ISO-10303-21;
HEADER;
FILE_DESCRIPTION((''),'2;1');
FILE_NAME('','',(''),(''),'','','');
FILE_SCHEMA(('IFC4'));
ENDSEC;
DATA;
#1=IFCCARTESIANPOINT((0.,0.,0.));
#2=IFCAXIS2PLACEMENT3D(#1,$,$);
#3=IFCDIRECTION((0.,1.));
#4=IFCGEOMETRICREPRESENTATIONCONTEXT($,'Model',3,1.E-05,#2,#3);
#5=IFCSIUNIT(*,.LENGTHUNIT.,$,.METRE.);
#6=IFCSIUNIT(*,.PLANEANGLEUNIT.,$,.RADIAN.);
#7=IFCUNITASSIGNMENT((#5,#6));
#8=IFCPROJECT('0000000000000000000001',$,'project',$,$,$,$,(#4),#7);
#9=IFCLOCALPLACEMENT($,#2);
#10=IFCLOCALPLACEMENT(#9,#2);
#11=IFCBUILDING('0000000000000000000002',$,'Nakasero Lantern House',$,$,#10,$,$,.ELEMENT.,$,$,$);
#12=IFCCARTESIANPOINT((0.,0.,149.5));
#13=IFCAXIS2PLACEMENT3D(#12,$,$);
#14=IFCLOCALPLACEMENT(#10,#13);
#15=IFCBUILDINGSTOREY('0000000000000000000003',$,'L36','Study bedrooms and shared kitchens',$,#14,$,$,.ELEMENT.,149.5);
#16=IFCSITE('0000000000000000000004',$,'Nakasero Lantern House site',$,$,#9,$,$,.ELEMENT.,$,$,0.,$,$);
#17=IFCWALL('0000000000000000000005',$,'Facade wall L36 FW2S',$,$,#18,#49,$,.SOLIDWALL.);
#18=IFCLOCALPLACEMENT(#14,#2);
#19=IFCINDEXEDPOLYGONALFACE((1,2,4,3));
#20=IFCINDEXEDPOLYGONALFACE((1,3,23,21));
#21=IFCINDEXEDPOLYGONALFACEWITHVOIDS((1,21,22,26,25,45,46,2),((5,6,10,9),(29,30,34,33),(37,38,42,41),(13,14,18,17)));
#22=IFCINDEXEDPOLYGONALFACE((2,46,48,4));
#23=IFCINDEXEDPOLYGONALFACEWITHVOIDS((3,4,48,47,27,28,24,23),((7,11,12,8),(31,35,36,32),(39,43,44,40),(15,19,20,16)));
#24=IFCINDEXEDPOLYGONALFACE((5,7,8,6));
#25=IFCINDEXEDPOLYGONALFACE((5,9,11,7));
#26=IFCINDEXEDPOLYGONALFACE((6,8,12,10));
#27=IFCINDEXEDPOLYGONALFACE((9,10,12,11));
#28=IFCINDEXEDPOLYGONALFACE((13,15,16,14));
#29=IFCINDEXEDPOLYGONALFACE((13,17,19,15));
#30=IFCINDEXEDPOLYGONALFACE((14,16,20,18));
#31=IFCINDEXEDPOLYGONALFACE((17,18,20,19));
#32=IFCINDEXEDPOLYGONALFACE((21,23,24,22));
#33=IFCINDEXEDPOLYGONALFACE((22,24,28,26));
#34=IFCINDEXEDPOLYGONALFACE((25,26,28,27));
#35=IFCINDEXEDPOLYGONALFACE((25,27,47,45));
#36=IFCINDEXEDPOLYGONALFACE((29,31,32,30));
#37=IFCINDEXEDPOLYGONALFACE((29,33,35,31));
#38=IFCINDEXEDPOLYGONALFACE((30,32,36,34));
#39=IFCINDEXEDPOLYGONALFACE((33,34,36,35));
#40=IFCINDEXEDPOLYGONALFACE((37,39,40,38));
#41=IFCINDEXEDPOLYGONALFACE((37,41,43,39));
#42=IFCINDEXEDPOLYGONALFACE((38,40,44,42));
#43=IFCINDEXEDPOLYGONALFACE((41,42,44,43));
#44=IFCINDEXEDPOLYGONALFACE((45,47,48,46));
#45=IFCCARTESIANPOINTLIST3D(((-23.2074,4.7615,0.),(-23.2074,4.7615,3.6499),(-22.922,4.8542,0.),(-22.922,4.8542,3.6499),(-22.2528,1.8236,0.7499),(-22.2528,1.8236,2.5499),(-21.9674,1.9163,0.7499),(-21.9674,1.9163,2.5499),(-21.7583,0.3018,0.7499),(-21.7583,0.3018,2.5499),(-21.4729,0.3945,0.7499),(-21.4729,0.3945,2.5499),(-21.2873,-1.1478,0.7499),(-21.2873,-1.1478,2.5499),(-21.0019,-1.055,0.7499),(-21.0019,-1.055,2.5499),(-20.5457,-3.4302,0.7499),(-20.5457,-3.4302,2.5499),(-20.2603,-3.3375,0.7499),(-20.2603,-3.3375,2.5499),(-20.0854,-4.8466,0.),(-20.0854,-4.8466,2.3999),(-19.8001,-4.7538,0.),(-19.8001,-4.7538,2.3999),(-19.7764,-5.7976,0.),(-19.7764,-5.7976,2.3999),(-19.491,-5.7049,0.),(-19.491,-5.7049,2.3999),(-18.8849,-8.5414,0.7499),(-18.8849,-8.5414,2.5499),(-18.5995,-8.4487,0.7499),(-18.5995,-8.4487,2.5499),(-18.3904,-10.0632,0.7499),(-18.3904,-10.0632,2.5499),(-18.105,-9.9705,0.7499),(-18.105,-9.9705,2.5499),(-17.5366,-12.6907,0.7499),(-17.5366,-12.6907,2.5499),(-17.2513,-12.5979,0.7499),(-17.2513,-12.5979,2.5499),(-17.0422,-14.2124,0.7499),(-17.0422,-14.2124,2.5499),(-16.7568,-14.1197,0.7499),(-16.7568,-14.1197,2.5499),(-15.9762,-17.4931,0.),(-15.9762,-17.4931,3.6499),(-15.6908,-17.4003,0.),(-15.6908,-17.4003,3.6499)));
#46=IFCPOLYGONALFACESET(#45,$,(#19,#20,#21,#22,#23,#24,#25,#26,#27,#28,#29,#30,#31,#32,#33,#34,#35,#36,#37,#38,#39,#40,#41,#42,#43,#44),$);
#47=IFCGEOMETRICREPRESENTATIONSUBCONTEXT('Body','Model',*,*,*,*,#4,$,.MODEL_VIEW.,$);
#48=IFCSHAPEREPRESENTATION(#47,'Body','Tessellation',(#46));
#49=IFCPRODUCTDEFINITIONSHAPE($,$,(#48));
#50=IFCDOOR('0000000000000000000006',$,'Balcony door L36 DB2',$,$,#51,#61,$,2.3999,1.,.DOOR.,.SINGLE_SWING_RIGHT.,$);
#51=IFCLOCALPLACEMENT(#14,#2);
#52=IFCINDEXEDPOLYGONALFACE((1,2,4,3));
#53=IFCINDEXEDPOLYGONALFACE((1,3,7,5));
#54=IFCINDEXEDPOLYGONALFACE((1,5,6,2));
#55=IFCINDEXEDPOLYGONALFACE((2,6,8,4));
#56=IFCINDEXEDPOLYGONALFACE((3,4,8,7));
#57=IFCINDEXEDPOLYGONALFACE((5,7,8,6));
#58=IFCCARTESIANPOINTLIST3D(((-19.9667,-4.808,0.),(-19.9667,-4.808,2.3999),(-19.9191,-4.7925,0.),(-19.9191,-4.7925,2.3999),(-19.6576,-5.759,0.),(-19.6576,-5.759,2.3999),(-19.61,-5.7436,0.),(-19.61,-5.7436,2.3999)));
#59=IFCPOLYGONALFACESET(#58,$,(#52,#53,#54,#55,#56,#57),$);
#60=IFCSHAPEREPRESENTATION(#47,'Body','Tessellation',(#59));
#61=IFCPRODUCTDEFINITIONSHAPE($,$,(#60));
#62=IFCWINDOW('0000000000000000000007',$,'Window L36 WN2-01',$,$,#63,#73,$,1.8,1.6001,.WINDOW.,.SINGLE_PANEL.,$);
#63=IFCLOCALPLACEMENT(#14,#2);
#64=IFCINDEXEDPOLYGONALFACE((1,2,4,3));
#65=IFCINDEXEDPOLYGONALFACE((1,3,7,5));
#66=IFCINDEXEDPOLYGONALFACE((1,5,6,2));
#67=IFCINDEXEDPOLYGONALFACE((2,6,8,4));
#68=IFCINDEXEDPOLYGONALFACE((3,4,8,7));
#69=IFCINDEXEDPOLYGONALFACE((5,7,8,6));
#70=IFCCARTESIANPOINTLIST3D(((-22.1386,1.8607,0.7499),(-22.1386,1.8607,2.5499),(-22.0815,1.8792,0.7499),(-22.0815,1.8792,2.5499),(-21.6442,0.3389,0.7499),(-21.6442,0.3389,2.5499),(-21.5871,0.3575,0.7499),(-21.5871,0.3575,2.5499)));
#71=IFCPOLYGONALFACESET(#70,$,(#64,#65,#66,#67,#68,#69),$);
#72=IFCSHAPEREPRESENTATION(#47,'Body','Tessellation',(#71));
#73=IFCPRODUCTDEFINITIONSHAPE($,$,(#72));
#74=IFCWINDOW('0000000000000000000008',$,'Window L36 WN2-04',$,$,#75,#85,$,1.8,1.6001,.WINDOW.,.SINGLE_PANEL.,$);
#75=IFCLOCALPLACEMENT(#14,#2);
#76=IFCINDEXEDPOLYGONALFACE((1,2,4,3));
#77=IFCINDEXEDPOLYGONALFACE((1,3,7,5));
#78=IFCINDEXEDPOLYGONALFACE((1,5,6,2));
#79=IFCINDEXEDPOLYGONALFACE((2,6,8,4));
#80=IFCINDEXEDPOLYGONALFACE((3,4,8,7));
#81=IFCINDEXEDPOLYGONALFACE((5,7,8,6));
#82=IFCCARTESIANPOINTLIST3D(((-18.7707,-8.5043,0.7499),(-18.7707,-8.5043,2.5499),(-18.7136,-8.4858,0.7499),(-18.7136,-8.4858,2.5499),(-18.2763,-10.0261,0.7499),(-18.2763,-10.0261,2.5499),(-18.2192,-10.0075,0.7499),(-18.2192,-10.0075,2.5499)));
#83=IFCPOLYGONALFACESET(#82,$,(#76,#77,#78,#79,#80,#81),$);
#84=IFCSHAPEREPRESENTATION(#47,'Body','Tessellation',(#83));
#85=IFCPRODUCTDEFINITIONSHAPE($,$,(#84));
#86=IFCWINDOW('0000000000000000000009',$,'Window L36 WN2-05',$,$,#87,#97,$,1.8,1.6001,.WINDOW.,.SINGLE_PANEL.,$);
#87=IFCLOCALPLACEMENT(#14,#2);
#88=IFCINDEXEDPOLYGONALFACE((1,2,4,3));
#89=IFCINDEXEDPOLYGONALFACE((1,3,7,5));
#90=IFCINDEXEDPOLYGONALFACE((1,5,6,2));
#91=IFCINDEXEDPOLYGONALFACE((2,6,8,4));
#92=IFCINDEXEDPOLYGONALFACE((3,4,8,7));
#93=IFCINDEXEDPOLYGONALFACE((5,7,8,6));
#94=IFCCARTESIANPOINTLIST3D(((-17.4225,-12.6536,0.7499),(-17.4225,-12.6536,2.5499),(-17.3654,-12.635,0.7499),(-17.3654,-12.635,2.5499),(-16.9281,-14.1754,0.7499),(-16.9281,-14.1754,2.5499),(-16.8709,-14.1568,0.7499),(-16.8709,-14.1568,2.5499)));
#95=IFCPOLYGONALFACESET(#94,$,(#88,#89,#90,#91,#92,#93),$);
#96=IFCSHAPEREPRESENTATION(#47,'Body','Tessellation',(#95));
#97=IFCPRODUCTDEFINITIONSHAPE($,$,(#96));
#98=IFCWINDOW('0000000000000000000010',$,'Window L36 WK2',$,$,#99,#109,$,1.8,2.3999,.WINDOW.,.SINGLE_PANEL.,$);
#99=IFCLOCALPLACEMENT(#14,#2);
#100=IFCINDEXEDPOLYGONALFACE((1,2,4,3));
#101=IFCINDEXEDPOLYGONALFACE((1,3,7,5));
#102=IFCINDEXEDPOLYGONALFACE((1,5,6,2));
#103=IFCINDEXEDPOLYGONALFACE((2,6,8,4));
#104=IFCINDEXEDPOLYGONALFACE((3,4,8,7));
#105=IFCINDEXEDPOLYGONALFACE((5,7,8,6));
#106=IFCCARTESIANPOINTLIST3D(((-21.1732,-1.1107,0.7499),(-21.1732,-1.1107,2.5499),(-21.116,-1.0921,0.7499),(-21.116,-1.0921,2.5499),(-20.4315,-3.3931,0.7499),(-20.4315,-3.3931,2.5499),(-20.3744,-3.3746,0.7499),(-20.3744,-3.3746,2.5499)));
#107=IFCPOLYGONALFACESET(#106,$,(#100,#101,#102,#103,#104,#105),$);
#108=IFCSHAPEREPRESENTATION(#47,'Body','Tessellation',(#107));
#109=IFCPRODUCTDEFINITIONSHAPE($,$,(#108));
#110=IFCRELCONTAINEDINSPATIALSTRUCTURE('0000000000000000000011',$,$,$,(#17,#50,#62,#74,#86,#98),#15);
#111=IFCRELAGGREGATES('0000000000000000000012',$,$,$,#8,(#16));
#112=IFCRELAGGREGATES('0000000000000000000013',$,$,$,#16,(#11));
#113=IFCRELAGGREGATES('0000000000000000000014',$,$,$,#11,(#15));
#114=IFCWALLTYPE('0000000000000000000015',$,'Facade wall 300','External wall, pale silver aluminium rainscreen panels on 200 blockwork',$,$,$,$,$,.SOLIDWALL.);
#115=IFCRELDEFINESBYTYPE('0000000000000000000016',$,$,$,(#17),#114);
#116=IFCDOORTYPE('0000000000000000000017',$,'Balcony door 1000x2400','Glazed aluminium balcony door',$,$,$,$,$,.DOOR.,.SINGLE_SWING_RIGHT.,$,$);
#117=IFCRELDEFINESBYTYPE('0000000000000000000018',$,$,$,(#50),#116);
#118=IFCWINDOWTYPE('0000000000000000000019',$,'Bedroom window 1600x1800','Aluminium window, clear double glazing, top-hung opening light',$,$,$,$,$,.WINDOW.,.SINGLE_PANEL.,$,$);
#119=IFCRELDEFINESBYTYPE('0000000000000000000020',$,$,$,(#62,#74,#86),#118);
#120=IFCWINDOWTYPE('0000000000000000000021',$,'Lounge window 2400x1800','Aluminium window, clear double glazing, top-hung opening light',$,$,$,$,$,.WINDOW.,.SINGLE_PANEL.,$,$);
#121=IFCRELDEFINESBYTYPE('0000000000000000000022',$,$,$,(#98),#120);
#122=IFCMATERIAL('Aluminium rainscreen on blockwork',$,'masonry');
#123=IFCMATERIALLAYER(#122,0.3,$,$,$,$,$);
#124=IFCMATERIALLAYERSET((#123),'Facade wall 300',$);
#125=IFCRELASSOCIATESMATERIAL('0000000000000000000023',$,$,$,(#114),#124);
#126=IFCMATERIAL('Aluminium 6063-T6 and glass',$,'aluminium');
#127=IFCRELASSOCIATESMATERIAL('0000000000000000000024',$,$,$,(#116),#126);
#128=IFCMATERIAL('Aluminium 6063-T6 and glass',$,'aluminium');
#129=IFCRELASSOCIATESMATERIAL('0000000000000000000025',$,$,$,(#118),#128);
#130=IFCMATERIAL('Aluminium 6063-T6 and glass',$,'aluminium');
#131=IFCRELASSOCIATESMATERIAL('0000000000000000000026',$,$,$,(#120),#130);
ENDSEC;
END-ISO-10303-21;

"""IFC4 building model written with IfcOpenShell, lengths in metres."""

from ifc_helpers import new_model, si_unit, direction, frame, frame_2d, origin, place, context, subcontext, project, spatial, rectangle, extrude, material, layer, layer_set, type_object, element, fill, save


model = new_model("IFC4")

# Units and contexts
model_context = context("Model", 3, precision=1e-05, world=origin(), true_north=direction((0.0, 1.0)))
body_context = subcontext(model_context, "Body", "Model", "MODEL_VIEW")
ifc_project = project(units=[si_unit("LENGTHUNIT", "METRE"), si_unit("PLANEANGLEUNIT", "RADIAN")], contexts=[model_context])

# Site, building, storey
site_placement = place(None, origin())
site = spatial("IfcSite", under=ifc_project, at=site_placement, Name="Nakasero Lantern House site", CompositionType="ELEMENT", RefElevation=0.0)
building_placement = place(site_placement, origin())
building = spatial("IfcBuilding", under=site, at=building_placement, Name="Nakasero Lantern House", CompositionType="ELEMENT")
storey_placement = place(building_placement, frame((0.0, 0.0, 149.5)))
storey = spatial("IfcBuildingStorey", under=building, at=storey_placement, Name="L36", Description="Study bedrooms and shared kitchens", CompositionType="ELEMENT", Elevation=149.5)

# Wall, openings, door, windows
ifc_material_1 = material(Name="Aluminium rainscreen on blockwork", Category="masonry")
ifc_layer_1 = layer(ifc_material_1, 0.3)
ifc_layer_set_1 = layer_set([ifc_layer_1], Name="Facade wall 300")
wall_type_1 = type_object("IfcWallType", Name="Facade wall 300", Description="External wall, pale silver aluminium rainscreen panels on 200 blockwork", PredefinedType="SOLIDWALL", material=ifc_layer_set_1)
wall_1_placement = place(storey_placement, frame((-23.0647, 4.8079, 0.0), z_axis=(0.0, 0.0, 1.0), x_axis=(0.309026, -0.951054, 0.0)))
wall_1 = element("IfcWall", 1, at=wall_1_placement, inside=storey, type_object=wall_type_1, Name="Facade wall L36 FW2S", PredefinedType="SOLIDWALL", context=body_context, shape_type="SweptSolid", body=[
    extrude(rectangle(XDim=23.3999, YDim=0.3, at=frame_2d((11.7, 0.0))), origin(), (0.0, 0.0, 1.0), 3.6499),
])
opening_1_placement = place(wall_1_placement, frame((3.0891, 0.0, 0.75)))
opening_1 = element("IfcOpeningElement", 2, at=opening_1_placement, cuts=wall_1, PredefinedType="OPENING", context=body_context, shape_type="SweptSolid", body=[
    extrude(rectangle(XDim=1.6001, YDim=1.8, at=frame_2d((0.8, 0.8999))), frame((0.0, 0.1699, 0.0), z_axis=(0.0, -1.0, 0.0), x_axis=(1.0, 0.0, 0.0)), (0.0, 0.0, 1.0), 0.3401),
])
opening_2_placement = place(wall_1_placement, frame((13.9875, 0.0, 0.75)))
opening_2 = element("IfcOpeningElement", 3, at=opening_2_placement, cuts=wall_1, PredefinedType="OPENING", context=body_context, shape_type="SweptSolid", body=[
    extrude(rectangle(XDim=1.6001, YDim=1.8, at=frame_2d((0.8, 0.8999))), frame((0.0, 0.1699, 0.0), z_axis=(0.0, -1.0, 0.0), x_axis=(1.0, 0.0, 0.0)), (0.0, 0.0, 1.0), 0.3401),
])
opening_3_placement = place(wall_1_placement, frame((18.3503, 0.0, 0.75)))
opening_3 = element("IfcOpeningElement", 4, at=opening_3_placement, cuts=wall_1, PredefinedType="OPENING", context=body_context, shape_type="SweptSolid", body=[
    extrude(rectangle(XDim=1.6001, YDim=1.8, at=frame_2d((0.8, 0.8999))), frame((0.0, 0.1699, 0.0), z_axis=(0.0, -1.0, 0.0), x_axis=(1.0, 0.0, 0.0)), (0.0, 0.0, 1.0), 0.3401),
])
opening_4_placement = place(wall_1_placement, frame((6.2134, 0.0, 0.75)))
opening_4 = element("IfcOpeningElement", 5, at=opening_4_placement, cuts=wall_1, PredefinedType="OPENING", context=body_context, shape_type="SweptSolid", body=[
    extrude(rectangle(XDim=2.3999, YDim=1.8, at=frame_2d((1.2, 0.8999))), frame((0.0, 0.1699, 0.0), z_axis=(0.0, -1.0, 0.0), x_axis=(1.0, 0.0, 0.0)), (0.0, 0.0, 1.0), 0.3401),
])
opening_5_placement = place(wall_1_placement, frame((10.1025, 0.0, 0.0)))
opening_5 = element("IfcOpeningElement", 6, at=opening_5_placement, cuts=wall_1, PredefinedType="OPENING", context=body_context, shape_type="SweptSolid", body=[
    extrude(rectangle(XDim=1.0, YDim=2.3999, at=frame_2d((0.5, 1.2))), frame((0.0, 0.1699, 0.0), z_axis=(0.0, -1.0, 0.0), x_axis=(1.0, 0.0, 0.0)), (0.0, 0.0, 1.0), 0.3401),
])
ifc_material_2 = material(Name="Aluminium 6063-T6 and glass", Category="aluminium")
door_type_1 = type_object("IfcDoorType", Name="Balcony door 1000x2400", Description="Glazed aluminium balcony door", OperationType="SINGLE_SWING_RIGHT", PredefinedType="DOOR", material=ifc_material_2)
door_1_placement = place(opening_5_placement, origin())
door_1 = element("IfcDoor", 7, at=door_1_placement, inside=storey, type_object=door_type_1, Name="Balcony door L36 DB2", OperationType="SINGLE_SWING_RIGHT", OverallHeight=2.3999, OverallWidth=1.0, PredefinedType="DOOR", context=body_context, shape_type="SweptSolid", body=[
    extrude(rectangle(XDim=1.0, YDim=2.3999, at=frame_2d((0.5, 1.2))), frame((0.0, 0.0249, 0.0), z_axis=(0.0, -1.0, 0.0), x_axis=(1.0, 0.0, 0.0)), (0.0, 0.0, 1.0), 0.05),
])
fill(opening_5, door_1)
ifc_material_3 = material(Name="Aluminium 6063-T6 and glass", Category="aluminium")
window_type_1 = type_object("IfcWindowType", Name="Bedroom window 1600x1800", Description="Aluminium window, clear double glazing, top-hung opening light", PartitioningType="SINGLE_PANEL", PredefinedType="WINDOW", material=ifc_material_3)
window_1_placement = place(opening_1_placement, origin())
window_1 = element("IfcWindow", 8, at=window_1_placement, inside=storey, type_object=window_type_1, Name="Window L36 WN2-01", OverallHeight=1.8, OverallWidth=1.6001, PartitioningType="SINGLE_PANEL", PredefinedType="WINDOW", context=body_context, shape_type="SweptSolid", body=[
    extrude(rectangle(XDim=1.6001, YDim=1.8, at=frame_2d((0.8, 0.8999))), frame((0.0, 0.03, 0.0), z_axis=(0.0, -1.0, 0.0), x_axis=(1.0, 0.0, 0.0)), (0.0, 0.0, 1.0), 0.0601),
])
fill(opening_1, window_1)
window_2_placement = place(opening_2_placement, origin())
window_2 = element("IfcWindow", 9, at=window_2_placement, inside=storey, type_object=window_type_1, Name="Window L36 WN2-04", OverallHeight=1.8, OverallWidth=1.6001, PartitioningType="SINGLE_PANEL", PredefinedType="WINDOW", context=body_context, shape_type="SweptSolid", body=[
    extrude(rectangle(XDim=1.6001, YDim=1.8, at=frame_2d((0.8, 0.8999))), frame((0.0, 0.03, 0.0), z_axis=(0.0, -1.0, 0.0), x_axis=(1.0, 0.0, 0.0)), (0.0, 0.0, 1.0), 0.0601),
])
fill(opening_2, window_2)
window_3_placement = place(opening_3_placement, origin())
window_3 = element("IfcWindow", 10, at=window_3_placement, inside=storey, type_object=window_type_1, Name="Window L36 WN2-05", OverallHeight=1.8, OverallWidth=1.6001, PartitioningType="SINGLE_PANEL", PredefinedType="WINDOW", context=body_context, shape_type="SweptSolid", body=[
    extrude(rectangle(XDim=1.6001, YDim=1.8, at=frame_2d((0.8, 0.8999))), frame((0.0, 0.03, 0.0), z_axis=(0.0, -1.0, 0.0), x_axis=(1.0, 0.0, 0.0)), (0.0, 0.0, 1.0), 0.0601),
])
fill(opening_3, window_3)
ifc_material_4 = material(Name="Aluminium 6063-T6 and glass", Category="aluminium")
window_type_2 = type_object("IfcWindowType", Name="Lounge window 2400x1800", Description="Aluminium window, clear double glazing, top-hung opening light", PartitioningType="SINGLE_PANEL", PredefinedType="WINDOW", material=ifc_material_4)
window_4_placement = place(opening_4_placement, origin())
window_4 = element("IfcWindow", 11, at=window_4_placement, inside=storey, type_object=window_type_2, Name="Window L36 WK2", OverallHeight=1.8, OverallWidth=2.3999, PartitioningType="SINGLE_PANEL", PredefinedType="WINDOW", context=body_context, shape_type="SweptSolid", body=[
    extrude(rectangle(XDim=2.3999, YDim=1.8, at=frame_2d((1.2, 0.8999))), frame((0.0, 0.03, 0.0), z_axis=(0.0, -1.0, 0.0), x_axis=(1.0, 0.0, 0.0)), (0.0, 0.0, 1.0), 0.0601),
])
fill(opening_4, window_4)

save(model, "model.ifc")
